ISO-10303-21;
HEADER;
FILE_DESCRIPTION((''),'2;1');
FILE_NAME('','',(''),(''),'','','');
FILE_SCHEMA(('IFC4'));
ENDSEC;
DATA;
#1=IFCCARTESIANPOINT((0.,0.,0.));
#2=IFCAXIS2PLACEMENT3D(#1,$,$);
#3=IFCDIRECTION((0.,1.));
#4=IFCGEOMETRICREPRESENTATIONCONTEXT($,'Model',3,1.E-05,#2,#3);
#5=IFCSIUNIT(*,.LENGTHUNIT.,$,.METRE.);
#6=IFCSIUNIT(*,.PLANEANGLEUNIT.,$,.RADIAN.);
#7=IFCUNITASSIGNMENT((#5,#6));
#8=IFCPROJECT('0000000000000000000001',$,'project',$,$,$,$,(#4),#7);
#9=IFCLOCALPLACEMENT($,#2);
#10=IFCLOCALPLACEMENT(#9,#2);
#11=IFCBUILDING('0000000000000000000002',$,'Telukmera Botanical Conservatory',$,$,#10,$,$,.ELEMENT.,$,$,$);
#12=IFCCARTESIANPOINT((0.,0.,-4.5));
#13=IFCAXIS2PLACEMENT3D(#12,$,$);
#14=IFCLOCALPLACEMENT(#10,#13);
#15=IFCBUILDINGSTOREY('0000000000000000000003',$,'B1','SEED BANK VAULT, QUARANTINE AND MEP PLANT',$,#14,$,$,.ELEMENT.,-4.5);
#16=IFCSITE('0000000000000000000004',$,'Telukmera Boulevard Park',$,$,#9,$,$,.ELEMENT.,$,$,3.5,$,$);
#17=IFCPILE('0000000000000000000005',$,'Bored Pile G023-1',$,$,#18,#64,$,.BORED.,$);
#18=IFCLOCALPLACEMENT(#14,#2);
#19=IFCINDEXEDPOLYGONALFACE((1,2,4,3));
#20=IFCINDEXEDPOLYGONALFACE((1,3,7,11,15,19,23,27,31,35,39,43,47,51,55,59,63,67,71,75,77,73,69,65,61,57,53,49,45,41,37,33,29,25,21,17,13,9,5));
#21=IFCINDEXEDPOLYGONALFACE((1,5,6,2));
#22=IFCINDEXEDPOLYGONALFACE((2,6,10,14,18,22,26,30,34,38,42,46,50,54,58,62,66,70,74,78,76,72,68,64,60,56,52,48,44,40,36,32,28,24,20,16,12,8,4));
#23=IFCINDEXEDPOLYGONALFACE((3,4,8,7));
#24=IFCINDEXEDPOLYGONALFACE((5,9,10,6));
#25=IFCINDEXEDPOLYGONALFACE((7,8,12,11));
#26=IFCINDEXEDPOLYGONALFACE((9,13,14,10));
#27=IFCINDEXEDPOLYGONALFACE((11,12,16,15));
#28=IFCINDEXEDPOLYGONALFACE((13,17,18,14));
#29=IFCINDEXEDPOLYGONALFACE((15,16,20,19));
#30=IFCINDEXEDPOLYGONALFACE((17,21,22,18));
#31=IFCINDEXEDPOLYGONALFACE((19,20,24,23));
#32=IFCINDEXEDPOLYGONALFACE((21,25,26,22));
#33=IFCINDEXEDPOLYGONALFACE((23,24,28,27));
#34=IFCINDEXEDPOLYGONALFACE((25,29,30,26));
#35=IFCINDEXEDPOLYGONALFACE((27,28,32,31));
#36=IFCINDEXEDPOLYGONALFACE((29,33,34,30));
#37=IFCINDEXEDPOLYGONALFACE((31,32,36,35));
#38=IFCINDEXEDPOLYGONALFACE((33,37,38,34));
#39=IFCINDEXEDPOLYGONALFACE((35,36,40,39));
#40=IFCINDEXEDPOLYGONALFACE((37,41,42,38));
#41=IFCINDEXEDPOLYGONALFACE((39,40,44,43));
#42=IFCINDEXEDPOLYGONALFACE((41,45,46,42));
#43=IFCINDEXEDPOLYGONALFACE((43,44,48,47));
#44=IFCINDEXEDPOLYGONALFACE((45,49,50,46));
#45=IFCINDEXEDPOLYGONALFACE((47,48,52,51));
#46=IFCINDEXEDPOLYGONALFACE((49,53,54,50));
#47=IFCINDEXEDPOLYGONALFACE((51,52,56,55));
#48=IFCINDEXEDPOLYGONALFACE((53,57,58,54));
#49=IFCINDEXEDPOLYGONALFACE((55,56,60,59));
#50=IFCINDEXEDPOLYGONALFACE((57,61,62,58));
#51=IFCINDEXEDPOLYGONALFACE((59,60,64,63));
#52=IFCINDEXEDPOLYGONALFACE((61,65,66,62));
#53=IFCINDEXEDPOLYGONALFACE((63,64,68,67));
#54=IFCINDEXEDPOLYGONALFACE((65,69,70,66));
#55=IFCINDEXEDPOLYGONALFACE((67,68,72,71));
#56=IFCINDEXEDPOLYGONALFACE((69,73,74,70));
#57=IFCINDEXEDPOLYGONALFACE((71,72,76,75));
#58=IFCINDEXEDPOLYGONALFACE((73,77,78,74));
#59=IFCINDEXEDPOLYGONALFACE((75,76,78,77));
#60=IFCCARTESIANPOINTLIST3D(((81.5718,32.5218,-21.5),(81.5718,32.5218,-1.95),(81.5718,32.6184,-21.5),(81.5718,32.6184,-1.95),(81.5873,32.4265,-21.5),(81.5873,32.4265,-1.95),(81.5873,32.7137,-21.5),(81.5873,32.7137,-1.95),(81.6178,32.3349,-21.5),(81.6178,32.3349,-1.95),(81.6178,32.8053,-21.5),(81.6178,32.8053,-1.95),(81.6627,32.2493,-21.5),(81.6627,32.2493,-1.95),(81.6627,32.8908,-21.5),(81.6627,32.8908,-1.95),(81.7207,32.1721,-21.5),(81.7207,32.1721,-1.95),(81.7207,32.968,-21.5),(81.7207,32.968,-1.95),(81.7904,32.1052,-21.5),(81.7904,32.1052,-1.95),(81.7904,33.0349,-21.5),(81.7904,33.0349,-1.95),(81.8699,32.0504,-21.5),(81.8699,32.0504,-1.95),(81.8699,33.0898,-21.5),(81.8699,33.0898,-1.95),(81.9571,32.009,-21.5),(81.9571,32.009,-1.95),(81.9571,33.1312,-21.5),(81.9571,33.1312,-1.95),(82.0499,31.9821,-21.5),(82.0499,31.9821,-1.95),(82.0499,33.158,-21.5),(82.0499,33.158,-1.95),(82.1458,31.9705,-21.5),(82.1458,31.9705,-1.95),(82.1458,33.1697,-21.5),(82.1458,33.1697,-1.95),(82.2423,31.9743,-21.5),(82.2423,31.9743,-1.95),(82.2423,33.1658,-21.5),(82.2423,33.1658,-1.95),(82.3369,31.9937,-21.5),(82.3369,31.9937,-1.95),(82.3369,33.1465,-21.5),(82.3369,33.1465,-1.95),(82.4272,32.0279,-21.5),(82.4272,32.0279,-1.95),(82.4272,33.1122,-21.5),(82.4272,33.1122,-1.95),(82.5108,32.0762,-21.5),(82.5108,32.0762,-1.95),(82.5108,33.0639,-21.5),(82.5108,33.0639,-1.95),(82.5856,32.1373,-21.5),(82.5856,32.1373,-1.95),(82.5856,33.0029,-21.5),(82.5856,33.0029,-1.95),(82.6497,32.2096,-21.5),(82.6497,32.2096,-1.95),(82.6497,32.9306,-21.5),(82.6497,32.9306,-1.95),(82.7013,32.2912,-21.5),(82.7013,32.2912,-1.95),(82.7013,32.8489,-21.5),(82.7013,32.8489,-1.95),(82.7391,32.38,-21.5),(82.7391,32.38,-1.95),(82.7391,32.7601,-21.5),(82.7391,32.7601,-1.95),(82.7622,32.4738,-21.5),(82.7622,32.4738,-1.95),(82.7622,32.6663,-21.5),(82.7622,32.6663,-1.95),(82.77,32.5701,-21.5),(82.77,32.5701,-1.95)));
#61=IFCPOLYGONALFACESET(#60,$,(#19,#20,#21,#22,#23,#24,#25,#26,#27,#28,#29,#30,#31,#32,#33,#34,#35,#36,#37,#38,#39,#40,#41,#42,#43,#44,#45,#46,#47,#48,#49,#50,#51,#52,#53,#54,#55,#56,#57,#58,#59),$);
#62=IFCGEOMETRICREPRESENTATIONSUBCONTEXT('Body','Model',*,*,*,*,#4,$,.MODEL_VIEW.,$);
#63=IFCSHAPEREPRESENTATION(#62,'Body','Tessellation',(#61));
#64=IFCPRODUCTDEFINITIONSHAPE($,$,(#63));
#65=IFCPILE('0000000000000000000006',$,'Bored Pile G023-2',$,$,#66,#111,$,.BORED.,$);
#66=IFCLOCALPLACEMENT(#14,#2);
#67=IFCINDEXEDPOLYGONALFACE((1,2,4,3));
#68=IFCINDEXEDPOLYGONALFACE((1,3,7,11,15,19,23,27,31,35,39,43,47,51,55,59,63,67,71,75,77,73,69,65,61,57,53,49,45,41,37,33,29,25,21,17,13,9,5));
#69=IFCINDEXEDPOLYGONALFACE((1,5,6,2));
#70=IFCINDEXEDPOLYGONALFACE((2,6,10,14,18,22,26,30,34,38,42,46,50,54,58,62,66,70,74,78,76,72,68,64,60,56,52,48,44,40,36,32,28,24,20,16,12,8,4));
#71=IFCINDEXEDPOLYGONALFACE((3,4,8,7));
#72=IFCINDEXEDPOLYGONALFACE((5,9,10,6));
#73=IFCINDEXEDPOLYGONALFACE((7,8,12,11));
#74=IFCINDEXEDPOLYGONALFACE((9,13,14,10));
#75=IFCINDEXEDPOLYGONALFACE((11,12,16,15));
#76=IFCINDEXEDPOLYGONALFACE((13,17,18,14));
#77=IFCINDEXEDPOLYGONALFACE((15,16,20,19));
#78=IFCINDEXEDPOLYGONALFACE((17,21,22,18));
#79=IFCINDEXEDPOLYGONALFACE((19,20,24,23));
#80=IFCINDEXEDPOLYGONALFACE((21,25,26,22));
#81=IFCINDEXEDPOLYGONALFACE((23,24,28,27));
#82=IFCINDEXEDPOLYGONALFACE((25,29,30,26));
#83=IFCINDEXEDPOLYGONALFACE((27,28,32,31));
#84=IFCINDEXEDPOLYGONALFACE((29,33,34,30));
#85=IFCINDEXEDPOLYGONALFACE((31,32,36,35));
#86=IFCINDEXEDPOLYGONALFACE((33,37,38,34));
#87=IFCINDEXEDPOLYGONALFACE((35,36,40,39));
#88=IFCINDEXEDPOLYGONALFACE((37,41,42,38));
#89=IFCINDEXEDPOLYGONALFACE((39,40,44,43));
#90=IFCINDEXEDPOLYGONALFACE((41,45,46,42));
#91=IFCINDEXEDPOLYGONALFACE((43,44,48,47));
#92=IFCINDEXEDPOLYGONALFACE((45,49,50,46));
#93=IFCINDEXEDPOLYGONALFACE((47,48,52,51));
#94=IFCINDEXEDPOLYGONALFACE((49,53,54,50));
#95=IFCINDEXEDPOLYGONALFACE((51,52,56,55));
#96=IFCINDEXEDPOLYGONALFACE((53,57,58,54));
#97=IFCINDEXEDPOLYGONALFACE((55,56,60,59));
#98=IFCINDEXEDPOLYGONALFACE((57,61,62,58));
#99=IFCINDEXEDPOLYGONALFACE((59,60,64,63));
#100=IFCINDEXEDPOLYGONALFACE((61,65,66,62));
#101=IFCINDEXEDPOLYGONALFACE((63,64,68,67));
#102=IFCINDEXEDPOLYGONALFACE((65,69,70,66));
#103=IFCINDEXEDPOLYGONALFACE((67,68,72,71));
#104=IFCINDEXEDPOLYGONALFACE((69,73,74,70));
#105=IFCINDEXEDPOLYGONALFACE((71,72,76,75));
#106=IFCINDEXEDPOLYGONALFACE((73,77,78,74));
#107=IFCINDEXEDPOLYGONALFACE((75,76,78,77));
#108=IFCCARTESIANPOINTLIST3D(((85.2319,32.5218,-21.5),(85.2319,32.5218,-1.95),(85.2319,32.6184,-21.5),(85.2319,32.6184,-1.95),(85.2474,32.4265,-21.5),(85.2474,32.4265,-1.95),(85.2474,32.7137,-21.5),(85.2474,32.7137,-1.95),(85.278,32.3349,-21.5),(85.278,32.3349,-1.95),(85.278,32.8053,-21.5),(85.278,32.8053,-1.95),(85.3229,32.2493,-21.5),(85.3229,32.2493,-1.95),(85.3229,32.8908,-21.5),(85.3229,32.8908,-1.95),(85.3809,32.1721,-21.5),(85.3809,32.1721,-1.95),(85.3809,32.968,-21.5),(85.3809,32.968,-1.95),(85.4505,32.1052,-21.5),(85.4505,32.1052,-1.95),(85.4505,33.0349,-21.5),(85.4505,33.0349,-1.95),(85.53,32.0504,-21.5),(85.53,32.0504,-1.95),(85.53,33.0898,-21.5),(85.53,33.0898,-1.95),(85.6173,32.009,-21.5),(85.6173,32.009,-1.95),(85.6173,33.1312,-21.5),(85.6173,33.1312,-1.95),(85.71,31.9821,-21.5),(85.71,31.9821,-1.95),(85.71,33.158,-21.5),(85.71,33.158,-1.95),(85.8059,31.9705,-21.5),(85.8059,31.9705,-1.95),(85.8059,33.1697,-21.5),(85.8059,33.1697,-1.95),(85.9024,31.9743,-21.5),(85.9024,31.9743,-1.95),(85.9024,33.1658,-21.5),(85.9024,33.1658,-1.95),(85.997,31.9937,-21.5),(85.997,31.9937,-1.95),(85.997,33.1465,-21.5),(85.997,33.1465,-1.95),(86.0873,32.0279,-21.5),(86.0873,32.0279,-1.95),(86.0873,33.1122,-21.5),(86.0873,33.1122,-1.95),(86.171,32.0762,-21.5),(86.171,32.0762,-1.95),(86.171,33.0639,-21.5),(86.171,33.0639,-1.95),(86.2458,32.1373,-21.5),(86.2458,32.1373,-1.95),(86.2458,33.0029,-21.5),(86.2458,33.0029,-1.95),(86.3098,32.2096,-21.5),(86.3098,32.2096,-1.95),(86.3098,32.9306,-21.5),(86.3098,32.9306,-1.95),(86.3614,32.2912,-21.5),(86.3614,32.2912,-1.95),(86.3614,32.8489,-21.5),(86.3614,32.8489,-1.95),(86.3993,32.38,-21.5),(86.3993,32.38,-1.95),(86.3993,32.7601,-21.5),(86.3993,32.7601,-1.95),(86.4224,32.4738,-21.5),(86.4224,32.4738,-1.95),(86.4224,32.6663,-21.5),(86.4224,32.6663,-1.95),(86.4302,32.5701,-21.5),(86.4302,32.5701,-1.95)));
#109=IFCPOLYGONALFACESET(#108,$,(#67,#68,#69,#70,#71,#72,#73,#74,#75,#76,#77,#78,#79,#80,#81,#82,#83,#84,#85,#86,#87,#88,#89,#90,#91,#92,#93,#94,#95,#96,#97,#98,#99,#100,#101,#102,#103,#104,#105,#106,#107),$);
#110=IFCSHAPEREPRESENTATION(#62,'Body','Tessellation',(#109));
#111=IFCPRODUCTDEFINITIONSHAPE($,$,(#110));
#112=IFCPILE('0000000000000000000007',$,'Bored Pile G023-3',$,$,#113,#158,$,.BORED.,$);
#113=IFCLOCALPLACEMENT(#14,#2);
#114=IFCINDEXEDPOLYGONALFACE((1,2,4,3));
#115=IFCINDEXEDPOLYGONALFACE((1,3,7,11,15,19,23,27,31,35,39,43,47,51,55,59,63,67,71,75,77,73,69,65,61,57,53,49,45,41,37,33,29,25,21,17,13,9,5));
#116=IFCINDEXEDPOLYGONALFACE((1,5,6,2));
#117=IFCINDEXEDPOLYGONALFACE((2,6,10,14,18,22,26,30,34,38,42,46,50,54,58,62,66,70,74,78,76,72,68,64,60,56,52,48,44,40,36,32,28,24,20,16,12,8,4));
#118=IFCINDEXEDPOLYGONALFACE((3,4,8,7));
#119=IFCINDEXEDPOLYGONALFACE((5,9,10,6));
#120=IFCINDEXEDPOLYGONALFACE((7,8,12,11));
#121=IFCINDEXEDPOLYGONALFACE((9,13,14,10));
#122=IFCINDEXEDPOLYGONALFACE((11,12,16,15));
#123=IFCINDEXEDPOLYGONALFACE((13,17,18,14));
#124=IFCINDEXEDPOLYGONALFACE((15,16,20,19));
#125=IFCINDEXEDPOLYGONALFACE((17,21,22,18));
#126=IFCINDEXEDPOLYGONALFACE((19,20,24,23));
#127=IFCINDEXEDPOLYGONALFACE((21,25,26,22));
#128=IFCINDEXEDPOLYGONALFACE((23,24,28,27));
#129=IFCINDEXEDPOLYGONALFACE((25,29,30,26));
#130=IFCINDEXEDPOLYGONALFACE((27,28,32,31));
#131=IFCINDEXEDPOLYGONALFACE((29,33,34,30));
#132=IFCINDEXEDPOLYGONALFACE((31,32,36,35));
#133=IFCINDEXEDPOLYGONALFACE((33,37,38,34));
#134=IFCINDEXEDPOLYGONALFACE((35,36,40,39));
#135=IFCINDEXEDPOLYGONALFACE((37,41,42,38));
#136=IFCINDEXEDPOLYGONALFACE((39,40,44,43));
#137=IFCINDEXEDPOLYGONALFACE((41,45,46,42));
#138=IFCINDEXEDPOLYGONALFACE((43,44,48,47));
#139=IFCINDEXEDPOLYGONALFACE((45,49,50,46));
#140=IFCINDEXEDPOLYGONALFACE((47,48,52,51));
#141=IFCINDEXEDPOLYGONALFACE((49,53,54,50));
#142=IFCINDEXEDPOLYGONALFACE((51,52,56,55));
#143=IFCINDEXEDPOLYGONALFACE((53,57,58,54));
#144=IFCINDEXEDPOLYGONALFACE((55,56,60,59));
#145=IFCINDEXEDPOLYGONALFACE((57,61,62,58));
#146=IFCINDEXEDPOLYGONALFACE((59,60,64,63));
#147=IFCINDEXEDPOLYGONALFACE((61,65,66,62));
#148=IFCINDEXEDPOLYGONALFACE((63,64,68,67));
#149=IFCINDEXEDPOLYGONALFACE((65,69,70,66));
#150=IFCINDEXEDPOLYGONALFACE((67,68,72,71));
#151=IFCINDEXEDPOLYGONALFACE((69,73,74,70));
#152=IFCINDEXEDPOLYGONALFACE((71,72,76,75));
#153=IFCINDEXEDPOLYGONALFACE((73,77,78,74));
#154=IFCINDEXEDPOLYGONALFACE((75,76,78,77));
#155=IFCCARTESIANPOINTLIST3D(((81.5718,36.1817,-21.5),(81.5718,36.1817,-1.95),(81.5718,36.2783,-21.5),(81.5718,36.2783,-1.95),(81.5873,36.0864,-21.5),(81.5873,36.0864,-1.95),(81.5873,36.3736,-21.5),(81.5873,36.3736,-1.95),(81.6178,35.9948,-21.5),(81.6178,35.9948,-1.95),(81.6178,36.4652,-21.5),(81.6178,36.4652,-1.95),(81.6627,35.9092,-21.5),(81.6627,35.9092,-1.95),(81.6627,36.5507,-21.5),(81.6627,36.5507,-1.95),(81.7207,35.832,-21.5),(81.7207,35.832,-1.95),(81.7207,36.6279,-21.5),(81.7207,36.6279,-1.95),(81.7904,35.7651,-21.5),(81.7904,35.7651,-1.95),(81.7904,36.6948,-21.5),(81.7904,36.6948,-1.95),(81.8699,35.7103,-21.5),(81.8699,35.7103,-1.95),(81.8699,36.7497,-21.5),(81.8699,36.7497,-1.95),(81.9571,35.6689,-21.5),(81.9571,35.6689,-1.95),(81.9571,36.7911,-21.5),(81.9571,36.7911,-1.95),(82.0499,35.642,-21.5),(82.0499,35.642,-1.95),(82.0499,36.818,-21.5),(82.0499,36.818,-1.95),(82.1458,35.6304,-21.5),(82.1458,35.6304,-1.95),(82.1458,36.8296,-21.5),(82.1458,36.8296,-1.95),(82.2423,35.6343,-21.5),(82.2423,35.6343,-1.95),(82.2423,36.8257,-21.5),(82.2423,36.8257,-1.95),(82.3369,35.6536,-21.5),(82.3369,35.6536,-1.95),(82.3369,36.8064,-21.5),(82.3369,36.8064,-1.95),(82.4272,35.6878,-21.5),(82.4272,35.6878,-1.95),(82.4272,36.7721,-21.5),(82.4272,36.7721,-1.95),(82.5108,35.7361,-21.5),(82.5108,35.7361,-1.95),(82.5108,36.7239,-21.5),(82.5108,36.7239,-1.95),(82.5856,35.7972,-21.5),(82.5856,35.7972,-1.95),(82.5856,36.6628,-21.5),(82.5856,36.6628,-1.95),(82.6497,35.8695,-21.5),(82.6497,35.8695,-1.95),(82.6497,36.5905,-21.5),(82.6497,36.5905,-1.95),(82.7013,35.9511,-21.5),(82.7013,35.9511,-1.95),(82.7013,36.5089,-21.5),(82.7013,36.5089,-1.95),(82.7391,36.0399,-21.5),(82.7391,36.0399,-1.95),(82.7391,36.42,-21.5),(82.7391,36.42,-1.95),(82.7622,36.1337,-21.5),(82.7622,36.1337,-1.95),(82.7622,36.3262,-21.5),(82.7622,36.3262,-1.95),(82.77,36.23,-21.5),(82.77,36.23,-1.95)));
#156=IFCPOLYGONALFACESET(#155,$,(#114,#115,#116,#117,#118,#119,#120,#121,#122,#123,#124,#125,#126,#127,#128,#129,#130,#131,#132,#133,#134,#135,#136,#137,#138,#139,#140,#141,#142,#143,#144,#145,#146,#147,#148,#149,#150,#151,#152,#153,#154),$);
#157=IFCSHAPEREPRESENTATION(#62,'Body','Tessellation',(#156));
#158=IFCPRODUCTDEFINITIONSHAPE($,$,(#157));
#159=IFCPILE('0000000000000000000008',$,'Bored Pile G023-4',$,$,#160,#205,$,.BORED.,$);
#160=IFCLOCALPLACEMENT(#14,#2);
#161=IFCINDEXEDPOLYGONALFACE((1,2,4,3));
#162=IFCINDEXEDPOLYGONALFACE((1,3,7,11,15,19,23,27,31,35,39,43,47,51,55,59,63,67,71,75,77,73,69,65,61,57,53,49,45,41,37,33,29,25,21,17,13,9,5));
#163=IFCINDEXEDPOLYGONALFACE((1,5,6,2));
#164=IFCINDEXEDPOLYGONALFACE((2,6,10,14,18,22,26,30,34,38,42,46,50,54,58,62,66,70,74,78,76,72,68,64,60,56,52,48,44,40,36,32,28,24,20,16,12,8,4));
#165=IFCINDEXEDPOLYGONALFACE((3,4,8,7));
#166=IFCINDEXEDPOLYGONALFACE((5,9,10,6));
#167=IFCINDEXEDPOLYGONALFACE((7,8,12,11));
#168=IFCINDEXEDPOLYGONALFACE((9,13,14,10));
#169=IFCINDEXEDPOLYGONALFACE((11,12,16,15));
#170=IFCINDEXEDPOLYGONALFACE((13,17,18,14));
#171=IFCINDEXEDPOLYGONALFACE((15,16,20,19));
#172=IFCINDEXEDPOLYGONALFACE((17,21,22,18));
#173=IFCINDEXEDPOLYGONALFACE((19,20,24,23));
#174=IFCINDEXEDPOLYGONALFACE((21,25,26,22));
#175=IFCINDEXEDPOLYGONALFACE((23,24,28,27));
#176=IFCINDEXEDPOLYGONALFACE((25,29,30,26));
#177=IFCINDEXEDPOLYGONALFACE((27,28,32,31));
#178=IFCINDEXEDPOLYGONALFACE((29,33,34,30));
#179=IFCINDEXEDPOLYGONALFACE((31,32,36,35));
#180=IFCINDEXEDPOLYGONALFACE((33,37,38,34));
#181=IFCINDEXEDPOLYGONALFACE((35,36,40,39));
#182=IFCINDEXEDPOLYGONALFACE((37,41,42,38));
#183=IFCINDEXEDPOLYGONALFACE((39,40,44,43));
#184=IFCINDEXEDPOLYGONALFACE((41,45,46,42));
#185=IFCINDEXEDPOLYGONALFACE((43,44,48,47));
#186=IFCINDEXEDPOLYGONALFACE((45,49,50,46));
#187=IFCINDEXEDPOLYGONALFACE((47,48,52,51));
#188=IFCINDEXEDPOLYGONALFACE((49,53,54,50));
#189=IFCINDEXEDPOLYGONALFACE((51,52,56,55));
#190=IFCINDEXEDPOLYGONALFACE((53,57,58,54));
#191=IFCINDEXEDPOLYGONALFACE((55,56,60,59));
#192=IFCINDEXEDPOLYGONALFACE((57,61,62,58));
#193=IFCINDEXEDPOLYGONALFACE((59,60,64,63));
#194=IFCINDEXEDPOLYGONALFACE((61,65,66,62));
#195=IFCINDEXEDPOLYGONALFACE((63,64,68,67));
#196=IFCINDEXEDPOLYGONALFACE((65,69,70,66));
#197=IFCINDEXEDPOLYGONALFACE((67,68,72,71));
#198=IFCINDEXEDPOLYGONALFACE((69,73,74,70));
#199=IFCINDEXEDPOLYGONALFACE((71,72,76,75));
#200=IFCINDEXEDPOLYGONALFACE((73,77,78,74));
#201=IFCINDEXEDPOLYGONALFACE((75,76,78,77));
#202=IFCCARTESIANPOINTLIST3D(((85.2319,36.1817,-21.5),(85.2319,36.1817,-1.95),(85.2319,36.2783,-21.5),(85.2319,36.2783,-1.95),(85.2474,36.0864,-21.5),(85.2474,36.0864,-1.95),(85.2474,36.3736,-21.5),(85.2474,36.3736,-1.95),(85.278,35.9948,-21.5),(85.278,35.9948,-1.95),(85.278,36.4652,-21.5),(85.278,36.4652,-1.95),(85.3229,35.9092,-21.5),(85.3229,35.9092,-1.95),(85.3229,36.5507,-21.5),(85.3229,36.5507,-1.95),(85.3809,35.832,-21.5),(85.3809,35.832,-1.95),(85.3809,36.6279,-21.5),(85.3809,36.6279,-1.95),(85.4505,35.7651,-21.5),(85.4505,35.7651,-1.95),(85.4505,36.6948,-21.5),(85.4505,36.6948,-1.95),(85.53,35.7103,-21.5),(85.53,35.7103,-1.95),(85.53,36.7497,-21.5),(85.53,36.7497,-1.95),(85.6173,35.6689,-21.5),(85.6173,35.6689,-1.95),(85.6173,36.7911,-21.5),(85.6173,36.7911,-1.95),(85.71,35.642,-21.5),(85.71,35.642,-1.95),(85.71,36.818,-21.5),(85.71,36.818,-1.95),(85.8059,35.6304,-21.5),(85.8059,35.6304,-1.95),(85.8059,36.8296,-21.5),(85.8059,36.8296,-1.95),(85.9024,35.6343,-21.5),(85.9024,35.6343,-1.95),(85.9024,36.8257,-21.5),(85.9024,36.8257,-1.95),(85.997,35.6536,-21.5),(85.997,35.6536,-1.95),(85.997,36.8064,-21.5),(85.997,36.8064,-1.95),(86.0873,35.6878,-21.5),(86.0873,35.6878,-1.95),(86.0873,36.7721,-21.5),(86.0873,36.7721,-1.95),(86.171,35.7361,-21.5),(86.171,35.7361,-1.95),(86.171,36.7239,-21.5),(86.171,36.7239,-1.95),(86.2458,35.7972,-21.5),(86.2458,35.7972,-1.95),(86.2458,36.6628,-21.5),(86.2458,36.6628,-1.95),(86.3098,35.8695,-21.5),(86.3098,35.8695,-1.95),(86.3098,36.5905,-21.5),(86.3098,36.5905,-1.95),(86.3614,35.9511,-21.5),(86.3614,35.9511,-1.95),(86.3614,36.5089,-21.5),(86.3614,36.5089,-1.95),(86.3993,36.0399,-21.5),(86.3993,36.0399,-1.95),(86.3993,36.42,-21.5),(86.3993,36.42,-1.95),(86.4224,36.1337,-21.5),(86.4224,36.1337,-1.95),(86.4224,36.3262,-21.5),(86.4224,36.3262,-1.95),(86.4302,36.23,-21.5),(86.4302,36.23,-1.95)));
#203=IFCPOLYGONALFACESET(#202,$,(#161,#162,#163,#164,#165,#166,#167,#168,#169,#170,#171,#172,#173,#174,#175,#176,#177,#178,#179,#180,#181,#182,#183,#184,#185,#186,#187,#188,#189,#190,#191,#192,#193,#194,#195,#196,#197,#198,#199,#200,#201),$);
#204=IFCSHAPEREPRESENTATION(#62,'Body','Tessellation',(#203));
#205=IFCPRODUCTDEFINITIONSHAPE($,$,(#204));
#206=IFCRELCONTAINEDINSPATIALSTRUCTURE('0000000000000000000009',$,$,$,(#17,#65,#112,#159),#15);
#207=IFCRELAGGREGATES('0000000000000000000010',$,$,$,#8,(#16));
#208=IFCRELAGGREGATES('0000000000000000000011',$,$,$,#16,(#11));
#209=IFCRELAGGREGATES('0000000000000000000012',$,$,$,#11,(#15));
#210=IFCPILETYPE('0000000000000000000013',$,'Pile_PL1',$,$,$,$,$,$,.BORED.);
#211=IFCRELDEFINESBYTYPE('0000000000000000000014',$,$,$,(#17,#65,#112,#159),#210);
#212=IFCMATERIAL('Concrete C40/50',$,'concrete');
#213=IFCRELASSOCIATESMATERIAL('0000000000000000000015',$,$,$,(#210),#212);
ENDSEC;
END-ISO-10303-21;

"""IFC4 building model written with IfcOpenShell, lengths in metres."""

from ifc_helpers import new_model, si_unit, direction, frame, origin, origin_2d, place, context, subcontext, project, spatial, circle, extrude, material, material_profile, profile_set, type_object, element, save


model = new_model("IFC4")

# Units and contexts
model_context = context("Model", 3, precision=1e-05, world=origin(), true_north=direction((0.0, 1.0)))
body_context = subcontext(model_context, "Body", "Model", "MODEL_VIEW")
ifc_project = project(units=[si_unit("LENGTHUNIT", "METRE"), si_unit("PLANEANGLEUNIT", "RADIAN")], contexts=[model_context])

# Site, building, storey
site_placement = place(None, origin())
site = spatial("IfcSite", under=ifc_project, at=site_placement, Name="Telukmera Boulevard Park", CompositionType="ELEMENT", RefElevation=3.5)
building_placement = place(site_placement, origin())
building = spatial("IfcBuilding", under=site, at=building_placement, Name="Telukmera Botanical Conservatory", CompositionType="ELEMENT")
storey_placement = place(building_placement, frame((0.0, 0.0, -4.5)))
storey = spatial("IfcBuildingStorey", under=building, at=storey_placement, Name="B1", Description="SEED BANK VAULT, QUARANTINE AND MEP PLANT", CompositionType="ELEMENT", Elevation=-4.5)

# Shared definitions
ifc_material_1 = material(Name="Concrete C40/50", Category="concrete")

# Piles
ifc_material_profile_1 = material_profile(ifc_material_1, circle(Radius=0.6001, at=origin_2d()), Name="PILE D1200")
ifc_profile_set_1 = profile_set([ifc_material_profile_1], Name="Concrete C40/50")
pile_type_1 = type_object("IfcPileType", Name="Pile_PL1", PredefinedType="BORED", material=ifc_profile_set_1)
for number, where, z_axis, x_axis, name in (
    (1, (82.1699, 32.5701, -1.95), (0.0, 0.0, -1.0), (1.0, 0.0, 0.0), "Bored Pile G023-1"),
    (2, (85.8301, 32.5701, -1.95), (0.0, 0.0, -1.0), (1.0, 0.0, 0.0), "Bored Pile G023-2"),
    (3, (82.1699, 36.23, -1.95), (0.0, 0.0, -1.0), (1.0, 0.0, 0.0), "Bored Pile G023-3"),
    (4, (85.8301, 36.23, -1.95), (0.0, 0.0, -1.0), (1.0, 0.0, 0.0), "Bored Pile G023-4"),
):
    element("IfcPile", number, at=place(storey_placement, frame(where, z_axis=z_axis, x_axis=x_axis)), inside=storey, type_object=pile_type_1, Name=name, PredefinedType="BORED", context=body_context, shape_type="SweptSolid", body=[
        extrude(circle(Radius=0.6001, at=origin_2d()), origin(), (0.0, 0.0, 1.0), 19.55),
    ])

save(model, "model.ifc")
